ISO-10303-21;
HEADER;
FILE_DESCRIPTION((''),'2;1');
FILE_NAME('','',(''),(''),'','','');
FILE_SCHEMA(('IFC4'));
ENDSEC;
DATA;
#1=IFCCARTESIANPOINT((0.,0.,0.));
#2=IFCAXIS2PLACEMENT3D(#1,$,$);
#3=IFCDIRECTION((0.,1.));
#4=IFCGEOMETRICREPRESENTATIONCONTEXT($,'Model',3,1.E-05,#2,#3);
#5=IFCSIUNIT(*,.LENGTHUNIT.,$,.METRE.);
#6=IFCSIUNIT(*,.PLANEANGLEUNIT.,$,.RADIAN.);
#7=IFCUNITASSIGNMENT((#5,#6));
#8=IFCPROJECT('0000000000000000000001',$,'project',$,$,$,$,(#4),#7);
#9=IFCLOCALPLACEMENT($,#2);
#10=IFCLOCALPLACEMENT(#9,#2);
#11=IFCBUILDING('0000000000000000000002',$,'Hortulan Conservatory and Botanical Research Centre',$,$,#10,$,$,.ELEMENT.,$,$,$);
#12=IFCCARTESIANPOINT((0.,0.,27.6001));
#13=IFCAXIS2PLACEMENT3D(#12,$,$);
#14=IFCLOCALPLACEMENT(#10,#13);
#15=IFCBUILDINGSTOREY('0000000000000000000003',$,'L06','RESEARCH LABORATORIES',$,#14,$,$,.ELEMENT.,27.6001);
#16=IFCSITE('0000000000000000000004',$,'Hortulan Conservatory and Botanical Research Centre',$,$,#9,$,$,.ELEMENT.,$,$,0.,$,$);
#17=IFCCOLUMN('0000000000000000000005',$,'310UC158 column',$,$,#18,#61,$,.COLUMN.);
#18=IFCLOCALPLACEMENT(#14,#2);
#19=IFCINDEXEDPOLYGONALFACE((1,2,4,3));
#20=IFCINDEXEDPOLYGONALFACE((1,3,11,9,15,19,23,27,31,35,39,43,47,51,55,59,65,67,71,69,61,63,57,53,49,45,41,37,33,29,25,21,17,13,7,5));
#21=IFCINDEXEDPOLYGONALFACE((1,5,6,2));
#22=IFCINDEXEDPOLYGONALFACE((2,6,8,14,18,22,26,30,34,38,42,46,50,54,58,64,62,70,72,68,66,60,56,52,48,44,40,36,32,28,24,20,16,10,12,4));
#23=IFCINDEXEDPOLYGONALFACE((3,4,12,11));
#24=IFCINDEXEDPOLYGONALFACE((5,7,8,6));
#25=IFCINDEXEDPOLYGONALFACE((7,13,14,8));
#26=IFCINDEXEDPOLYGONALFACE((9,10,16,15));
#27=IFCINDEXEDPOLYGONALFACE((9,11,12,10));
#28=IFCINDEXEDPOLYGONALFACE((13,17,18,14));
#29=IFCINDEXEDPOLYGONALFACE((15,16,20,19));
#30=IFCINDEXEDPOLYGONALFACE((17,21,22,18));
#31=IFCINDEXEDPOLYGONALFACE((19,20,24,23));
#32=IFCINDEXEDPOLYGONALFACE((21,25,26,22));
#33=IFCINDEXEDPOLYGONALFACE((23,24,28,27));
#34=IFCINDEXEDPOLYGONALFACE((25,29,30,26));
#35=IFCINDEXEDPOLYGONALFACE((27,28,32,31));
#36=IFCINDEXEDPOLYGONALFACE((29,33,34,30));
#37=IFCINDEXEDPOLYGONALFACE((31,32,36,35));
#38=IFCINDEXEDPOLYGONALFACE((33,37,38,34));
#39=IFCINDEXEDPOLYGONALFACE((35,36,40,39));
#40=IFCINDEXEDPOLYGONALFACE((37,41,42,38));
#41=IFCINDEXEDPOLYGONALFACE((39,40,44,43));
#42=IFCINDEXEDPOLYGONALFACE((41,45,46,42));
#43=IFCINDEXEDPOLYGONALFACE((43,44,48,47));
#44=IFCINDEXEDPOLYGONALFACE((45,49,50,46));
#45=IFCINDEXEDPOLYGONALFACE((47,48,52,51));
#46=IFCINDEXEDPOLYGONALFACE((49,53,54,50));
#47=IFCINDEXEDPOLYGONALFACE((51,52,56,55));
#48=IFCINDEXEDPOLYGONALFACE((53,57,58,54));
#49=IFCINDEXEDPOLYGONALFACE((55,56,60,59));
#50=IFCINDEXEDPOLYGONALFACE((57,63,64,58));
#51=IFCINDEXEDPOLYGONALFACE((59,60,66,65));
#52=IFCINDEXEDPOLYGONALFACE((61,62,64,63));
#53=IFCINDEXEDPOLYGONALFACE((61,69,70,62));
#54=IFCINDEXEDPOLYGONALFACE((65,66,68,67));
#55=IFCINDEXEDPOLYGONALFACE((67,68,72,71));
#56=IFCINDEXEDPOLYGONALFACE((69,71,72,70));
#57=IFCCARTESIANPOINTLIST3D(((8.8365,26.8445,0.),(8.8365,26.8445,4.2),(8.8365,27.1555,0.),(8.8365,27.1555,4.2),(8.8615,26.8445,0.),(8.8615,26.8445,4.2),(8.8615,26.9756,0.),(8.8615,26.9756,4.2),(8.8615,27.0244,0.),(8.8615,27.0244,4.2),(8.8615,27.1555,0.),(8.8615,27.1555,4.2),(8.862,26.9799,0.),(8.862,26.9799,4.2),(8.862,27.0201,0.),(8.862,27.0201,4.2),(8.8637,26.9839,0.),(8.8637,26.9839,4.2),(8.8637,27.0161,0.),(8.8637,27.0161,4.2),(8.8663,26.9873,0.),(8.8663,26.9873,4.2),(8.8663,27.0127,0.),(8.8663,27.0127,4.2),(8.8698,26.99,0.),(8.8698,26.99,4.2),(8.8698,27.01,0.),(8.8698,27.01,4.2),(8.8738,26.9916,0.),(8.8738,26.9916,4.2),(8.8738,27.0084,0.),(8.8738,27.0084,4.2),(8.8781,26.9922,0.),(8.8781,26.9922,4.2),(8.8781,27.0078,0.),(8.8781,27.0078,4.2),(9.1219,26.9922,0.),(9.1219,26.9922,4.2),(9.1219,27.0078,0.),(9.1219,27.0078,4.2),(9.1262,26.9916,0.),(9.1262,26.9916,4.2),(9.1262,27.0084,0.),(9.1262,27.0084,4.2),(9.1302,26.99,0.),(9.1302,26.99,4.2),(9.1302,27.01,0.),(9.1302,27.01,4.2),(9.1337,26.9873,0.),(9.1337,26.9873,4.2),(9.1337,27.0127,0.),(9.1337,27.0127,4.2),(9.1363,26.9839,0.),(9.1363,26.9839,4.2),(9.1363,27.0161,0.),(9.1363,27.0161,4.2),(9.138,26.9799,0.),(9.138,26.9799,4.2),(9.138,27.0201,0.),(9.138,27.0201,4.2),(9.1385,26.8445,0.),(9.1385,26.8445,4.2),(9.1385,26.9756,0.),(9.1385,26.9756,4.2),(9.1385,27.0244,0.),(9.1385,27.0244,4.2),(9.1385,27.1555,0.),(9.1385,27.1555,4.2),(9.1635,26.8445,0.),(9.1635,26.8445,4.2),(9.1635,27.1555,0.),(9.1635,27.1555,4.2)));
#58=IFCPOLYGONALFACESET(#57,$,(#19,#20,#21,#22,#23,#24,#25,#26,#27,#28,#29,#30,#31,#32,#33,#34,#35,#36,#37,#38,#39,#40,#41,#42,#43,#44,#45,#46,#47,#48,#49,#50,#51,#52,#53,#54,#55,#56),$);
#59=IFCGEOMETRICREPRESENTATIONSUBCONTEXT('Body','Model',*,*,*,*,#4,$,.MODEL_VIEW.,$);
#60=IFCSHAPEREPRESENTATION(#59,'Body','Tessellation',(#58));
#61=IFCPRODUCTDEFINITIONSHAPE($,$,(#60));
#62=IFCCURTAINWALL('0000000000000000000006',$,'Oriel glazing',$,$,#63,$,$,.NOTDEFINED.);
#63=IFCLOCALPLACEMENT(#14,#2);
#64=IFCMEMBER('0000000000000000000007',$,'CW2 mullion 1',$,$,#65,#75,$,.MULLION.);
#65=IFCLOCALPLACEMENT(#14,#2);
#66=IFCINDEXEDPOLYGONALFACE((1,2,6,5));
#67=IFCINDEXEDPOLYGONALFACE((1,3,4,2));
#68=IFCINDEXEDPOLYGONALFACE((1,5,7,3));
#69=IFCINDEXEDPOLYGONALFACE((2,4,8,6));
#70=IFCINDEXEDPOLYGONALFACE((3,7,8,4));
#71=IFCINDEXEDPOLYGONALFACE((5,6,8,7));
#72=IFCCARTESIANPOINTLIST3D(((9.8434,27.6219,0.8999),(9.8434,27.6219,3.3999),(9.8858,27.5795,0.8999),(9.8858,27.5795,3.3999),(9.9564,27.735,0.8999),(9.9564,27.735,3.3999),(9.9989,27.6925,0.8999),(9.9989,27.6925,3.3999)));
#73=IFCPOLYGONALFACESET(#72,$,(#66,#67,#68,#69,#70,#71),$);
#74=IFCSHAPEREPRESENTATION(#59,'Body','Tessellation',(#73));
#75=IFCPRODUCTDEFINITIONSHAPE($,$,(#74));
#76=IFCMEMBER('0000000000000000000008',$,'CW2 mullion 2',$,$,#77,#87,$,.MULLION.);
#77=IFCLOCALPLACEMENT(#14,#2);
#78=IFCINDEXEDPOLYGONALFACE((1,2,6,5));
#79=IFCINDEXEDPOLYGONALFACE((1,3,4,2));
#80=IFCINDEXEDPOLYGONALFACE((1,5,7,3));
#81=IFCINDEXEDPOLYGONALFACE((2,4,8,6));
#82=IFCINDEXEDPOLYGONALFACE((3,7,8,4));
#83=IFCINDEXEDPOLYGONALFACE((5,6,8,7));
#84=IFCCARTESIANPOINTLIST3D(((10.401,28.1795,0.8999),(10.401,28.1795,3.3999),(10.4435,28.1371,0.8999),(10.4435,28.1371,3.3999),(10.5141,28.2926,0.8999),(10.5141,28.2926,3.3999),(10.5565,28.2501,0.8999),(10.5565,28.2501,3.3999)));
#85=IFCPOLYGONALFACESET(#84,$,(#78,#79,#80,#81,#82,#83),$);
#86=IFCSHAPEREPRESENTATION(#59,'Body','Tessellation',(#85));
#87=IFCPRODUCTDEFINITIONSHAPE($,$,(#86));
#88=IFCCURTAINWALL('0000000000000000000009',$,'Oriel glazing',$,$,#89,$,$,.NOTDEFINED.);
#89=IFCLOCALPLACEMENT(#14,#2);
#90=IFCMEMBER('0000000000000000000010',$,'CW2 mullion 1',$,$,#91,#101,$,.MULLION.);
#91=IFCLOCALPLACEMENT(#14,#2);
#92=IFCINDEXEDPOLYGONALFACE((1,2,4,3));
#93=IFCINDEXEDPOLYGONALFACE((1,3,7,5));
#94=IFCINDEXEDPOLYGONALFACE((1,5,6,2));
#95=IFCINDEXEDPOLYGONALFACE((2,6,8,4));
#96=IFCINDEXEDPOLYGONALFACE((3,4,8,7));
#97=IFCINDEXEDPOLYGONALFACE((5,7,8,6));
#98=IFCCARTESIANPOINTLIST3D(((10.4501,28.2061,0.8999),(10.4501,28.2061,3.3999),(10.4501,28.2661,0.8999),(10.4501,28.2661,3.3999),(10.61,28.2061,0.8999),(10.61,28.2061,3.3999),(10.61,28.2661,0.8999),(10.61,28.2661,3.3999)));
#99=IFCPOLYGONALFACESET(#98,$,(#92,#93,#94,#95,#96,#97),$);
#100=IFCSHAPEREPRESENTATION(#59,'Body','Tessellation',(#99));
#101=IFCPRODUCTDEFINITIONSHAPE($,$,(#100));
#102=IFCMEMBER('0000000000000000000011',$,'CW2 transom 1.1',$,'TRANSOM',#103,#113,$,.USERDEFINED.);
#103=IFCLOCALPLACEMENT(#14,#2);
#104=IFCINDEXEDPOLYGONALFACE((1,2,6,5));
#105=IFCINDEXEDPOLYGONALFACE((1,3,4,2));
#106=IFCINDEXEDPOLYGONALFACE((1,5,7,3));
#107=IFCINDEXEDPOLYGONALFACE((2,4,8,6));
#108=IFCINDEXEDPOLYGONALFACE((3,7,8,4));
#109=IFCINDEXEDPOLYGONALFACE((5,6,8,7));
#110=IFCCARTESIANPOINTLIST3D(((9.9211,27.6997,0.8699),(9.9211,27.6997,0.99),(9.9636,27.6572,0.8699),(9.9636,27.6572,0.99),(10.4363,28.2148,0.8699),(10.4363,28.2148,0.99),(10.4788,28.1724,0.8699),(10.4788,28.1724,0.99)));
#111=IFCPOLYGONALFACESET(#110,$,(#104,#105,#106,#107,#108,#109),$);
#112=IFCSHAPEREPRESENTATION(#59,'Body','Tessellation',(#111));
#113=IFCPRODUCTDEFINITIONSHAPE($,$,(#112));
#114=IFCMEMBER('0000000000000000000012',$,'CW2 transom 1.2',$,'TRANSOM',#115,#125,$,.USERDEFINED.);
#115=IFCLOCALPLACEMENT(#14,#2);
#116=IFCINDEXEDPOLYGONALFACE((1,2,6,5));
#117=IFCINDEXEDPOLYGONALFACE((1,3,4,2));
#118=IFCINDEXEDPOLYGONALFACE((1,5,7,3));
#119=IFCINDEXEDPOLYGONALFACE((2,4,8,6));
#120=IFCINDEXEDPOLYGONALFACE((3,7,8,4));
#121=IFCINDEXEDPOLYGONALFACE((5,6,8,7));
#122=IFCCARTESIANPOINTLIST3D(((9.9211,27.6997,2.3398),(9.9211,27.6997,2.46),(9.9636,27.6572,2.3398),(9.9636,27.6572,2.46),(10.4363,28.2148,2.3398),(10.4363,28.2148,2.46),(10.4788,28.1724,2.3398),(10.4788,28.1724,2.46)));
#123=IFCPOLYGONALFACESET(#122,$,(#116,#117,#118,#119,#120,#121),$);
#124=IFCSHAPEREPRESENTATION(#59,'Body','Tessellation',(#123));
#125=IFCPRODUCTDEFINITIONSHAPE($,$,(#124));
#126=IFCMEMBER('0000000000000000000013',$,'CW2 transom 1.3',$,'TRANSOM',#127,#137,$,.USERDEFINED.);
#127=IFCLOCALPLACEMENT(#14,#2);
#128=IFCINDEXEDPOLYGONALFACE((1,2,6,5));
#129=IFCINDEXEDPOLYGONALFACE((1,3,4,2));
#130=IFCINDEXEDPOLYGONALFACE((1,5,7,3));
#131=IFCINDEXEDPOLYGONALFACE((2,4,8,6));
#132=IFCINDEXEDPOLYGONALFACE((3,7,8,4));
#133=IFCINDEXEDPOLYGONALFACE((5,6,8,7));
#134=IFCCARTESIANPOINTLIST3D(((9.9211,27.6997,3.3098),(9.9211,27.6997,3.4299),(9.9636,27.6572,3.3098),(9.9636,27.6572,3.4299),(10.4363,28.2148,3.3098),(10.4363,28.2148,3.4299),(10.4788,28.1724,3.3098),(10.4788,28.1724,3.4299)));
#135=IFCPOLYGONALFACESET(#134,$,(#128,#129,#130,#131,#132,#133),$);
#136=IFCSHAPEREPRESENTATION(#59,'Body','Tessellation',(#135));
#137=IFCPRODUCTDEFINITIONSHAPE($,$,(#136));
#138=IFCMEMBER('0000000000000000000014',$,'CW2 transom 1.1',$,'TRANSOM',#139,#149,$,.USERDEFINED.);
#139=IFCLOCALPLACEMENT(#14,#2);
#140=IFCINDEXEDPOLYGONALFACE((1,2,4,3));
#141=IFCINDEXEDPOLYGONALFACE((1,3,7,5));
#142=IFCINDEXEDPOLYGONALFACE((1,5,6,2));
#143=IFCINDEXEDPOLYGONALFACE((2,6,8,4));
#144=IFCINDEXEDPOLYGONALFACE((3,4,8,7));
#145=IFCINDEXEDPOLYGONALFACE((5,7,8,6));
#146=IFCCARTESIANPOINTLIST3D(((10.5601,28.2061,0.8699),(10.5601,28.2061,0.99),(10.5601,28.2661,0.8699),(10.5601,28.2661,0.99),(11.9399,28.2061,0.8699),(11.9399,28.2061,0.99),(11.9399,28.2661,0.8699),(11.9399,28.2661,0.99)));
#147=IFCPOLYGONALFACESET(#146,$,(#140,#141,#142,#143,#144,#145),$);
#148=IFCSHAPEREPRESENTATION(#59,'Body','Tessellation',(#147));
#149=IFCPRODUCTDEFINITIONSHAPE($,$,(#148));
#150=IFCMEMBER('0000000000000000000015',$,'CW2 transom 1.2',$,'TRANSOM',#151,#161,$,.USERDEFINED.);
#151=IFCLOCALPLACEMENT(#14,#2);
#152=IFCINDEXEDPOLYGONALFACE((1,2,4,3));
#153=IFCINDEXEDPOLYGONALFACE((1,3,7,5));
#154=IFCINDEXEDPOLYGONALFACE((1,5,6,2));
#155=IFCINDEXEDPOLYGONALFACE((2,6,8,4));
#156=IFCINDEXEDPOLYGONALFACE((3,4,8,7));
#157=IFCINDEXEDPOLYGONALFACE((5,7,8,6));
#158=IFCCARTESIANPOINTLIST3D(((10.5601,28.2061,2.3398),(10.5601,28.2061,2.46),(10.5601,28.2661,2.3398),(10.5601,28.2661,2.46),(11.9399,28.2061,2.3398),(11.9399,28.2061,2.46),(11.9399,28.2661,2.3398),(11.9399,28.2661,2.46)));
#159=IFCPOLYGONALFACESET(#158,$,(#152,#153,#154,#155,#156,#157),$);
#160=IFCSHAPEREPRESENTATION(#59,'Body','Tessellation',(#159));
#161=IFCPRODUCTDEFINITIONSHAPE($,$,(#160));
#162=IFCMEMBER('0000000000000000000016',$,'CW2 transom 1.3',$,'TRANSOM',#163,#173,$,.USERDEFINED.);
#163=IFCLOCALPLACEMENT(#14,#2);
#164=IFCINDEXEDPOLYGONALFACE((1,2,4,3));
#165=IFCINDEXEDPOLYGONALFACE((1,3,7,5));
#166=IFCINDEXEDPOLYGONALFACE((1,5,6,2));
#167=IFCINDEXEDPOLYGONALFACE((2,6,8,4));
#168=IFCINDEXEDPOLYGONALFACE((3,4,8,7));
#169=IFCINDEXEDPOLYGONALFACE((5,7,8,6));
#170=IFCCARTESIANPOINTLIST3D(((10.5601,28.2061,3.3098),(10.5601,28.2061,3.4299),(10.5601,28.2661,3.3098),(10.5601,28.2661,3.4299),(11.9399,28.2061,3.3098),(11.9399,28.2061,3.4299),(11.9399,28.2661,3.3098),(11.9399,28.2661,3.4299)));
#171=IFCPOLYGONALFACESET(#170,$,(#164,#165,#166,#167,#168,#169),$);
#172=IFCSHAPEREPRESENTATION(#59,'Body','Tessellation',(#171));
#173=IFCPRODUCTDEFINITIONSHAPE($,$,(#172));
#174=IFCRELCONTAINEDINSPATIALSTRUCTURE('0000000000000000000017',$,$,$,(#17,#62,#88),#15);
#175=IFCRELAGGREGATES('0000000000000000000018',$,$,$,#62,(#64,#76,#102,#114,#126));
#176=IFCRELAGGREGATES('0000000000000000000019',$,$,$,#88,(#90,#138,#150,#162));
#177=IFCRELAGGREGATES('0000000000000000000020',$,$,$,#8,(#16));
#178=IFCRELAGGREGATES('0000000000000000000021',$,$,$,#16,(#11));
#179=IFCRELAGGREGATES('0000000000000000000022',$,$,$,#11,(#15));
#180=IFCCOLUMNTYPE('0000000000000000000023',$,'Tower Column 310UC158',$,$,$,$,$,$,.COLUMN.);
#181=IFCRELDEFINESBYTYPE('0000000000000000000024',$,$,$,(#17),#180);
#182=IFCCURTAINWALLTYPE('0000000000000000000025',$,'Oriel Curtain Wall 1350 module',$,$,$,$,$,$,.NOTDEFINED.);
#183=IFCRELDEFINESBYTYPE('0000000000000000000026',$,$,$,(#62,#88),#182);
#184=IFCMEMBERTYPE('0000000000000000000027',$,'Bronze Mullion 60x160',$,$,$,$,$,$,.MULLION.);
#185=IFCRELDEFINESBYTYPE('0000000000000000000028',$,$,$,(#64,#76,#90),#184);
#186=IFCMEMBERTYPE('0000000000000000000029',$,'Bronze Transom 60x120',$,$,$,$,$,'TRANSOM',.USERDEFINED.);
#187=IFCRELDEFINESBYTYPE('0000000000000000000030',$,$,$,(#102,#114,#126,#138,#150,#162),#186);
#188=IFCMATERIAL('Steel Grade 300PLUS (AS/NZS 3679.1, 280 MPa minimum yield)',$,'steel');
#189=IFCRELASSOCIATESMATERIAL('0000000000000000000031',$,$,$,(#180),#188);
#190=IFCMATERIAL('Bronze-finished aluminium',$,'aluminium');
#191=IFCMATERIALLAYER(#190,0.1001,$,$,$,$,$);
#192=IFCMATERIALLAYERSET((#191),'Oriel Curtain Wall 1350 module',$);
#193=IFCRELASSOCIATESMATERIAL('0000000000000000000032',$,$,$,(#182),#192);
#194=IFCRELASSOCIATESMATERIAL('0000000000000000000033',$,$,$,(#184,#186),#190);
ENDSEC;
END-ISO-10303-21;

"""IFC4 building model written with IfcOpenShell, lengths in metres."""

from ifc_helpers import new_model, si_unit, direction, frame, origin, origin_2d, place, context, subcontext, project, spatial, rectangle, i_section, extrude, material, layer, layer_set, material_profile, profile_set, type_object, element, aggregate, save


model = new_model("IFC4")

# Units and contexts
model_context = context("Model", 3, precision=1e-05, world=origin(), true_north=direction((0.0, 1.0)))
body_context = subcontext(model_context, "Body", "Model", "MODEL_VIEW")
ifc_project = project(units=[si_unit("LENGTHUNIT", "METRE"), si_unit("PLANEANGLEUNIT", "RADIAN")], contexts=[model_context])

# Site, building, storey
site_placement = place(None, origin())
site = spatial("IfcSite", under=ifc_project, at=site_placement, Name="Hortulan Conservatory and Botanical Research Centre", CompositionType="ELEMENT", RefElevation=0.0)
building_placement = place(site_placement, origin())
building = spatial("IfcBuilding", under=site, at=building_placement, Name="Hortulan Conservatory and Botanical Research Centre", CompositionType="ELEMENT")
storey_placement = place(building_placement, frame((0.0, 0.0, 27.6001)))
storey = spatial("IfcBuildingStorey", under=building, at=storey_placement, Name="L06", Description="RESEARCH LABORATORIES", CompositionType="ELEMENT", Elevation=27.6001)

# Column
ifc_material_1 = material(Name="Steel Grade 300PLUS (AS/NZS 3679.1, 280 MPa minimum yield)", Category="steel")
ifc_material_profile_1 = material_profile(ifc_material_1, i_section(OverallWidth=0.311, OverallDepth=0.3269, WebThickness=0.0156, FlangeThickness=0.0249, FilletRadius=0.0166, at=origin_2d()), Name="310UC158")
ifc_profile_set_1 = profile_set([ifc_material_profile_1], Name="Steel Grade 300PLUS (AS/NZS 3679.1, 280 MPa minimum yield)")
column_type = type_object("IfcColumnType", Name="Tower Column 310UC158", PredefinedType="COLUMN", material=ifc_profile_set_1)
column_placement = place(storey_placement, frame((9.0, 27.0, 0.0), z_axis=(0.0, 0.0, 1.0), x_axis=(0.0, 1.0, 0.0)))
element("IfcColumn", 1, at=column_placement, inside=storey, type_object=column_type, Name="310UC158 column", PredefinedType="COLUMN", context=body_context, shape_type="SweptSolid", body=[
    extrude(i_section(OverallWidth=0.311, OverallDepth=0.3269, WebThickness=0.0156, FlangeThickness=0.0249, FilletRadius=0.0166, at=origin_2d()), origin(), (0.0, 0.0, 1.0), 4.2),
])

# Curtain wall, members
ifc_material_2 = material(Name="Bronze-finished aluminium", Category="aluminium")
ifc_layer_1 = layer(ifc_material_2, 0.1001)
ifc_layer_set_1 = layer_set([ifc_layer_1], Name="Oriel Curtain Wall 1350 module")
curtain_wall_type = type_object("IfcCurtainWallType", Name="Oriel Curtain Wall 1350 module", PredefinedType="NOTDEFINED", material=ifc_layer_set_1)
curtain_wall_1_placement = place(storey_placement, origin())
curtain_wall_1 = element("IfcCurtainWall", 2, at=curtain_wall_1_placement, inside=storey, type_object=curtain_wall_type, Name="Oriel glazing", PredefinedType="NOTDEFINED")
ifc_material_profile_2 = material_profile(ifc_material_2, rectangle(XDim=0.0601, YDim=0.1599, at=origin_2d()), Name="Bronze Mullion 60x160")
ifc_profile_set_2 = profile_set([ifc_material_profile_2], Name="Bronze-finished aluminium")
member_type_1 = type_object("IfcMemberType", Name="Bronze Mullion 60x160", PredefinedType="MULLION", material=ifc_profile_set_2)
member_1_placement = place(storey_placement, frame((9.9211, 27.6572, 0.8999), z_axis=(0.0, 0.0, 1.0), x_axis=(-0.707107, 0.707107, 0.0)))
member_1 = element("IfcMember", 3, at=member_1_placement, type_object=member_type_1, Name="CW2 mullion 1", PredefinedType="MULLION", context=body_context, shape_type="SweptSolid", body=[
    extrude(rectangle(XDim=0.0601, YDim=0.1599, at=origin_2d()), origin(), (0.0, 0.0, 1.0), 2.5),
])
member_2_placement = place(storey_placement, frame((10.4788, 28.2148, 0.8999), z_axis=(0.0, 0.0, 1.0), x_axis=(-0.707107, 0.707107, 0.0)))
member_2 = element("IfcMember", 4, at=member_2_placement, type_object=member_type_1, Name="CW2 mullion 2", PredefinedType="MULLION", context=body_context, shape_type="SweptSolid", body=[
    extrude(rectangle(XDim=0.0601, YDim=0.1599, at=origin_2d()), origin(), (0.0, 0.0, 1.0), 2.5),
])

# Curtain wall, member
curtain_wall_2_placement = place(storey_placement, origin())
curtain_wall_2 = element("IfcCurtainWall", 5, at=curtain_wall_2_placement, inside=storey, type_object=curtain_wall_type, Name="Oriel glazing", PredefinedType="NOTDEFINED")
member_3_placement = place(storey_placement, frame((10.53, 28.2361, 0.8999), z_axis=(0.0, 0.0, 1.0), x_axis=(0.0, 1.0, 0.0)))
member_3 = element("IfcMember", 6, at=member_3_placement, type_object=member_type_1, Name="CW2 mullion 1", PredefinedType="MULLION", context=body_context, shape_type="SweptSolid", body=[
    extrude(rectangle(XDim=0.0601, YDim=0.1599, at=origin_2d()), origin(), (0.0, 0.0, 1.0), 2.5),
])

# Members
ifc_material_profile_3 = material_profile(ifc_material_2, rectangle(XDim=0.0601, YDim=0.1201, at=origin_2d()), Name="Bronze Transom 60x120")
ifc_profile_set_3 = profile_set([ifc_material_profile_3], Name="Bronze-finished aluminium")
member_type_2 = type_object("IfcMemberType", Name="Bronze Transom 60x120", ElementType="TRANSOM", PredefinedType="USERDEFINED", material=ifc_profile_set_3)
member_4_placement = place(storey_placement, frame((9.9424, 27.6785, 0.9299), z_axis=(0.707107, 0.707107, 0.0), x_axis=(-0.707107, 0.707107, 0.0)))
member_4 = element("IfcMember", 7, at=member_4_placement, type_object=member_type_2, Name="CW2 transom 1.1", ObjectType="TRANSOM", PredefinedType="USERDEFINED", context=body_context, shape_type="SweptSolid", body=[
    extrude(rectangle(XDim=0.0601, YDim=0.1201, at=origin_2d()), origin(), (0.0, 0.0, 1.0), 0.7285),
])
member_5_placement = place(storey_placement, frame((9.9424, 27.6785, 2.3999), z_axis=(0.707107, 0.707107, 0.0), x_axis=(-0.707107, 0.707107, 0.0)))
member_5 = element("IfcMember", 8, at=member_5_placement, type_object=member_type_2, Name="CW2 transom 1.2", ObjectType="TRANSOM", PredefinedType="USERDEFINED", context=body_context, shape_type="SweptSolid", body=[
    extrude(rectangle(XDim=0.0601, YDim=0.1201, at=origin_2d()), origin(), (0.0, 0.0, 1.0), 0.7285),
])
member_6_placement = place(storey_placement, frame((9.9424, 27.6785, 3.3699), z_axis=(0.707107, 0.707107, 0.0), x_axis=(-0.707107, 0.707107, 0.0)))
member_6 = element("IfcMember", 9, at=member_6_placement, type_object=member_type_2, Name="CW2 transom 1.3", ObjectType="TRANSOM", PredefinedType="USERDEFINED", context=body_context, shape_type="SweptSolid", body=[
    extrude(rectangle(XDim=0.0601, YDim=0.1201, at=origin_2d()), origin(), (0.0, 0.0, 1.0), 0.7285),
])
member_7_placement = place(storey_placement, frame((10.5601, 28.2361, 0.9299), z_axis=(1.0, 0.0, 0.0), x_axis=(0.0, 1.0, 0.0)))
member_7 = element("IfcMember", 10, at=member_7_placement, type_object=member_type_2, Name="CW2 transom 1.1", ObjectType="TRANSOM", PredefinedType="USERDEFINED", context=body_context, shape_type="SweptSolid", body=[
    extrude(rectangle(XDim=0.0601, YDim=0.1201, at=origin_2d()), origin(), (0.0, 0.0, 1.0), 1.3799),
])
member_8_placement = place(storey_placement, frame((10.5601, 28.2361, 2.3999), z_axis=(1.0, 0.0, 0.0), x_axis=(0.0, 1.0, 0.0)))
member_8 = element("IfcMember", 11, at=member_8_placement, type_object=member_type_2, Name="CW2 transom 1.2", ObjectType="TRANSOM", PredefinedType="USERDEFINED", context=body_context, shape_type="SweptSolid", body=[
    extrude(rectangle(XDim=0.0601, YDim=0.1201, at=origin_2d()), origin(), (0.0, 0.0, 1.0), 1.3799),
])
member_9_placement = place(storey_placement, frame((10.5601, 28.2361, 3.3699), z_axis=(1.0, 0.0, 0.0), x_axis=(0.0, 1.0, 0.0)))
member_9 = element("IfcMember", 12, at=member_9_placement, type_object=member_type_2, Name="CW2 transom 1.3", ObjectType="TRANSOM", PredefinedType="USERDEFINED", context=body_context, shape_type="SweptSolid", body=[
    extrude(rectangle(XDim=0.0601, YDim=0.1201, at=origin_2d()), origin(), (0.0, 0.0, 1.0), 1.3799),
])

aggregate(curtain_wall_1, [member_1, member_2, member_4, member_5, member_6])
aggregate(curtain_wall_2, [member_3, member_7, member_8, member_9])

save(model, "model.ifc")
